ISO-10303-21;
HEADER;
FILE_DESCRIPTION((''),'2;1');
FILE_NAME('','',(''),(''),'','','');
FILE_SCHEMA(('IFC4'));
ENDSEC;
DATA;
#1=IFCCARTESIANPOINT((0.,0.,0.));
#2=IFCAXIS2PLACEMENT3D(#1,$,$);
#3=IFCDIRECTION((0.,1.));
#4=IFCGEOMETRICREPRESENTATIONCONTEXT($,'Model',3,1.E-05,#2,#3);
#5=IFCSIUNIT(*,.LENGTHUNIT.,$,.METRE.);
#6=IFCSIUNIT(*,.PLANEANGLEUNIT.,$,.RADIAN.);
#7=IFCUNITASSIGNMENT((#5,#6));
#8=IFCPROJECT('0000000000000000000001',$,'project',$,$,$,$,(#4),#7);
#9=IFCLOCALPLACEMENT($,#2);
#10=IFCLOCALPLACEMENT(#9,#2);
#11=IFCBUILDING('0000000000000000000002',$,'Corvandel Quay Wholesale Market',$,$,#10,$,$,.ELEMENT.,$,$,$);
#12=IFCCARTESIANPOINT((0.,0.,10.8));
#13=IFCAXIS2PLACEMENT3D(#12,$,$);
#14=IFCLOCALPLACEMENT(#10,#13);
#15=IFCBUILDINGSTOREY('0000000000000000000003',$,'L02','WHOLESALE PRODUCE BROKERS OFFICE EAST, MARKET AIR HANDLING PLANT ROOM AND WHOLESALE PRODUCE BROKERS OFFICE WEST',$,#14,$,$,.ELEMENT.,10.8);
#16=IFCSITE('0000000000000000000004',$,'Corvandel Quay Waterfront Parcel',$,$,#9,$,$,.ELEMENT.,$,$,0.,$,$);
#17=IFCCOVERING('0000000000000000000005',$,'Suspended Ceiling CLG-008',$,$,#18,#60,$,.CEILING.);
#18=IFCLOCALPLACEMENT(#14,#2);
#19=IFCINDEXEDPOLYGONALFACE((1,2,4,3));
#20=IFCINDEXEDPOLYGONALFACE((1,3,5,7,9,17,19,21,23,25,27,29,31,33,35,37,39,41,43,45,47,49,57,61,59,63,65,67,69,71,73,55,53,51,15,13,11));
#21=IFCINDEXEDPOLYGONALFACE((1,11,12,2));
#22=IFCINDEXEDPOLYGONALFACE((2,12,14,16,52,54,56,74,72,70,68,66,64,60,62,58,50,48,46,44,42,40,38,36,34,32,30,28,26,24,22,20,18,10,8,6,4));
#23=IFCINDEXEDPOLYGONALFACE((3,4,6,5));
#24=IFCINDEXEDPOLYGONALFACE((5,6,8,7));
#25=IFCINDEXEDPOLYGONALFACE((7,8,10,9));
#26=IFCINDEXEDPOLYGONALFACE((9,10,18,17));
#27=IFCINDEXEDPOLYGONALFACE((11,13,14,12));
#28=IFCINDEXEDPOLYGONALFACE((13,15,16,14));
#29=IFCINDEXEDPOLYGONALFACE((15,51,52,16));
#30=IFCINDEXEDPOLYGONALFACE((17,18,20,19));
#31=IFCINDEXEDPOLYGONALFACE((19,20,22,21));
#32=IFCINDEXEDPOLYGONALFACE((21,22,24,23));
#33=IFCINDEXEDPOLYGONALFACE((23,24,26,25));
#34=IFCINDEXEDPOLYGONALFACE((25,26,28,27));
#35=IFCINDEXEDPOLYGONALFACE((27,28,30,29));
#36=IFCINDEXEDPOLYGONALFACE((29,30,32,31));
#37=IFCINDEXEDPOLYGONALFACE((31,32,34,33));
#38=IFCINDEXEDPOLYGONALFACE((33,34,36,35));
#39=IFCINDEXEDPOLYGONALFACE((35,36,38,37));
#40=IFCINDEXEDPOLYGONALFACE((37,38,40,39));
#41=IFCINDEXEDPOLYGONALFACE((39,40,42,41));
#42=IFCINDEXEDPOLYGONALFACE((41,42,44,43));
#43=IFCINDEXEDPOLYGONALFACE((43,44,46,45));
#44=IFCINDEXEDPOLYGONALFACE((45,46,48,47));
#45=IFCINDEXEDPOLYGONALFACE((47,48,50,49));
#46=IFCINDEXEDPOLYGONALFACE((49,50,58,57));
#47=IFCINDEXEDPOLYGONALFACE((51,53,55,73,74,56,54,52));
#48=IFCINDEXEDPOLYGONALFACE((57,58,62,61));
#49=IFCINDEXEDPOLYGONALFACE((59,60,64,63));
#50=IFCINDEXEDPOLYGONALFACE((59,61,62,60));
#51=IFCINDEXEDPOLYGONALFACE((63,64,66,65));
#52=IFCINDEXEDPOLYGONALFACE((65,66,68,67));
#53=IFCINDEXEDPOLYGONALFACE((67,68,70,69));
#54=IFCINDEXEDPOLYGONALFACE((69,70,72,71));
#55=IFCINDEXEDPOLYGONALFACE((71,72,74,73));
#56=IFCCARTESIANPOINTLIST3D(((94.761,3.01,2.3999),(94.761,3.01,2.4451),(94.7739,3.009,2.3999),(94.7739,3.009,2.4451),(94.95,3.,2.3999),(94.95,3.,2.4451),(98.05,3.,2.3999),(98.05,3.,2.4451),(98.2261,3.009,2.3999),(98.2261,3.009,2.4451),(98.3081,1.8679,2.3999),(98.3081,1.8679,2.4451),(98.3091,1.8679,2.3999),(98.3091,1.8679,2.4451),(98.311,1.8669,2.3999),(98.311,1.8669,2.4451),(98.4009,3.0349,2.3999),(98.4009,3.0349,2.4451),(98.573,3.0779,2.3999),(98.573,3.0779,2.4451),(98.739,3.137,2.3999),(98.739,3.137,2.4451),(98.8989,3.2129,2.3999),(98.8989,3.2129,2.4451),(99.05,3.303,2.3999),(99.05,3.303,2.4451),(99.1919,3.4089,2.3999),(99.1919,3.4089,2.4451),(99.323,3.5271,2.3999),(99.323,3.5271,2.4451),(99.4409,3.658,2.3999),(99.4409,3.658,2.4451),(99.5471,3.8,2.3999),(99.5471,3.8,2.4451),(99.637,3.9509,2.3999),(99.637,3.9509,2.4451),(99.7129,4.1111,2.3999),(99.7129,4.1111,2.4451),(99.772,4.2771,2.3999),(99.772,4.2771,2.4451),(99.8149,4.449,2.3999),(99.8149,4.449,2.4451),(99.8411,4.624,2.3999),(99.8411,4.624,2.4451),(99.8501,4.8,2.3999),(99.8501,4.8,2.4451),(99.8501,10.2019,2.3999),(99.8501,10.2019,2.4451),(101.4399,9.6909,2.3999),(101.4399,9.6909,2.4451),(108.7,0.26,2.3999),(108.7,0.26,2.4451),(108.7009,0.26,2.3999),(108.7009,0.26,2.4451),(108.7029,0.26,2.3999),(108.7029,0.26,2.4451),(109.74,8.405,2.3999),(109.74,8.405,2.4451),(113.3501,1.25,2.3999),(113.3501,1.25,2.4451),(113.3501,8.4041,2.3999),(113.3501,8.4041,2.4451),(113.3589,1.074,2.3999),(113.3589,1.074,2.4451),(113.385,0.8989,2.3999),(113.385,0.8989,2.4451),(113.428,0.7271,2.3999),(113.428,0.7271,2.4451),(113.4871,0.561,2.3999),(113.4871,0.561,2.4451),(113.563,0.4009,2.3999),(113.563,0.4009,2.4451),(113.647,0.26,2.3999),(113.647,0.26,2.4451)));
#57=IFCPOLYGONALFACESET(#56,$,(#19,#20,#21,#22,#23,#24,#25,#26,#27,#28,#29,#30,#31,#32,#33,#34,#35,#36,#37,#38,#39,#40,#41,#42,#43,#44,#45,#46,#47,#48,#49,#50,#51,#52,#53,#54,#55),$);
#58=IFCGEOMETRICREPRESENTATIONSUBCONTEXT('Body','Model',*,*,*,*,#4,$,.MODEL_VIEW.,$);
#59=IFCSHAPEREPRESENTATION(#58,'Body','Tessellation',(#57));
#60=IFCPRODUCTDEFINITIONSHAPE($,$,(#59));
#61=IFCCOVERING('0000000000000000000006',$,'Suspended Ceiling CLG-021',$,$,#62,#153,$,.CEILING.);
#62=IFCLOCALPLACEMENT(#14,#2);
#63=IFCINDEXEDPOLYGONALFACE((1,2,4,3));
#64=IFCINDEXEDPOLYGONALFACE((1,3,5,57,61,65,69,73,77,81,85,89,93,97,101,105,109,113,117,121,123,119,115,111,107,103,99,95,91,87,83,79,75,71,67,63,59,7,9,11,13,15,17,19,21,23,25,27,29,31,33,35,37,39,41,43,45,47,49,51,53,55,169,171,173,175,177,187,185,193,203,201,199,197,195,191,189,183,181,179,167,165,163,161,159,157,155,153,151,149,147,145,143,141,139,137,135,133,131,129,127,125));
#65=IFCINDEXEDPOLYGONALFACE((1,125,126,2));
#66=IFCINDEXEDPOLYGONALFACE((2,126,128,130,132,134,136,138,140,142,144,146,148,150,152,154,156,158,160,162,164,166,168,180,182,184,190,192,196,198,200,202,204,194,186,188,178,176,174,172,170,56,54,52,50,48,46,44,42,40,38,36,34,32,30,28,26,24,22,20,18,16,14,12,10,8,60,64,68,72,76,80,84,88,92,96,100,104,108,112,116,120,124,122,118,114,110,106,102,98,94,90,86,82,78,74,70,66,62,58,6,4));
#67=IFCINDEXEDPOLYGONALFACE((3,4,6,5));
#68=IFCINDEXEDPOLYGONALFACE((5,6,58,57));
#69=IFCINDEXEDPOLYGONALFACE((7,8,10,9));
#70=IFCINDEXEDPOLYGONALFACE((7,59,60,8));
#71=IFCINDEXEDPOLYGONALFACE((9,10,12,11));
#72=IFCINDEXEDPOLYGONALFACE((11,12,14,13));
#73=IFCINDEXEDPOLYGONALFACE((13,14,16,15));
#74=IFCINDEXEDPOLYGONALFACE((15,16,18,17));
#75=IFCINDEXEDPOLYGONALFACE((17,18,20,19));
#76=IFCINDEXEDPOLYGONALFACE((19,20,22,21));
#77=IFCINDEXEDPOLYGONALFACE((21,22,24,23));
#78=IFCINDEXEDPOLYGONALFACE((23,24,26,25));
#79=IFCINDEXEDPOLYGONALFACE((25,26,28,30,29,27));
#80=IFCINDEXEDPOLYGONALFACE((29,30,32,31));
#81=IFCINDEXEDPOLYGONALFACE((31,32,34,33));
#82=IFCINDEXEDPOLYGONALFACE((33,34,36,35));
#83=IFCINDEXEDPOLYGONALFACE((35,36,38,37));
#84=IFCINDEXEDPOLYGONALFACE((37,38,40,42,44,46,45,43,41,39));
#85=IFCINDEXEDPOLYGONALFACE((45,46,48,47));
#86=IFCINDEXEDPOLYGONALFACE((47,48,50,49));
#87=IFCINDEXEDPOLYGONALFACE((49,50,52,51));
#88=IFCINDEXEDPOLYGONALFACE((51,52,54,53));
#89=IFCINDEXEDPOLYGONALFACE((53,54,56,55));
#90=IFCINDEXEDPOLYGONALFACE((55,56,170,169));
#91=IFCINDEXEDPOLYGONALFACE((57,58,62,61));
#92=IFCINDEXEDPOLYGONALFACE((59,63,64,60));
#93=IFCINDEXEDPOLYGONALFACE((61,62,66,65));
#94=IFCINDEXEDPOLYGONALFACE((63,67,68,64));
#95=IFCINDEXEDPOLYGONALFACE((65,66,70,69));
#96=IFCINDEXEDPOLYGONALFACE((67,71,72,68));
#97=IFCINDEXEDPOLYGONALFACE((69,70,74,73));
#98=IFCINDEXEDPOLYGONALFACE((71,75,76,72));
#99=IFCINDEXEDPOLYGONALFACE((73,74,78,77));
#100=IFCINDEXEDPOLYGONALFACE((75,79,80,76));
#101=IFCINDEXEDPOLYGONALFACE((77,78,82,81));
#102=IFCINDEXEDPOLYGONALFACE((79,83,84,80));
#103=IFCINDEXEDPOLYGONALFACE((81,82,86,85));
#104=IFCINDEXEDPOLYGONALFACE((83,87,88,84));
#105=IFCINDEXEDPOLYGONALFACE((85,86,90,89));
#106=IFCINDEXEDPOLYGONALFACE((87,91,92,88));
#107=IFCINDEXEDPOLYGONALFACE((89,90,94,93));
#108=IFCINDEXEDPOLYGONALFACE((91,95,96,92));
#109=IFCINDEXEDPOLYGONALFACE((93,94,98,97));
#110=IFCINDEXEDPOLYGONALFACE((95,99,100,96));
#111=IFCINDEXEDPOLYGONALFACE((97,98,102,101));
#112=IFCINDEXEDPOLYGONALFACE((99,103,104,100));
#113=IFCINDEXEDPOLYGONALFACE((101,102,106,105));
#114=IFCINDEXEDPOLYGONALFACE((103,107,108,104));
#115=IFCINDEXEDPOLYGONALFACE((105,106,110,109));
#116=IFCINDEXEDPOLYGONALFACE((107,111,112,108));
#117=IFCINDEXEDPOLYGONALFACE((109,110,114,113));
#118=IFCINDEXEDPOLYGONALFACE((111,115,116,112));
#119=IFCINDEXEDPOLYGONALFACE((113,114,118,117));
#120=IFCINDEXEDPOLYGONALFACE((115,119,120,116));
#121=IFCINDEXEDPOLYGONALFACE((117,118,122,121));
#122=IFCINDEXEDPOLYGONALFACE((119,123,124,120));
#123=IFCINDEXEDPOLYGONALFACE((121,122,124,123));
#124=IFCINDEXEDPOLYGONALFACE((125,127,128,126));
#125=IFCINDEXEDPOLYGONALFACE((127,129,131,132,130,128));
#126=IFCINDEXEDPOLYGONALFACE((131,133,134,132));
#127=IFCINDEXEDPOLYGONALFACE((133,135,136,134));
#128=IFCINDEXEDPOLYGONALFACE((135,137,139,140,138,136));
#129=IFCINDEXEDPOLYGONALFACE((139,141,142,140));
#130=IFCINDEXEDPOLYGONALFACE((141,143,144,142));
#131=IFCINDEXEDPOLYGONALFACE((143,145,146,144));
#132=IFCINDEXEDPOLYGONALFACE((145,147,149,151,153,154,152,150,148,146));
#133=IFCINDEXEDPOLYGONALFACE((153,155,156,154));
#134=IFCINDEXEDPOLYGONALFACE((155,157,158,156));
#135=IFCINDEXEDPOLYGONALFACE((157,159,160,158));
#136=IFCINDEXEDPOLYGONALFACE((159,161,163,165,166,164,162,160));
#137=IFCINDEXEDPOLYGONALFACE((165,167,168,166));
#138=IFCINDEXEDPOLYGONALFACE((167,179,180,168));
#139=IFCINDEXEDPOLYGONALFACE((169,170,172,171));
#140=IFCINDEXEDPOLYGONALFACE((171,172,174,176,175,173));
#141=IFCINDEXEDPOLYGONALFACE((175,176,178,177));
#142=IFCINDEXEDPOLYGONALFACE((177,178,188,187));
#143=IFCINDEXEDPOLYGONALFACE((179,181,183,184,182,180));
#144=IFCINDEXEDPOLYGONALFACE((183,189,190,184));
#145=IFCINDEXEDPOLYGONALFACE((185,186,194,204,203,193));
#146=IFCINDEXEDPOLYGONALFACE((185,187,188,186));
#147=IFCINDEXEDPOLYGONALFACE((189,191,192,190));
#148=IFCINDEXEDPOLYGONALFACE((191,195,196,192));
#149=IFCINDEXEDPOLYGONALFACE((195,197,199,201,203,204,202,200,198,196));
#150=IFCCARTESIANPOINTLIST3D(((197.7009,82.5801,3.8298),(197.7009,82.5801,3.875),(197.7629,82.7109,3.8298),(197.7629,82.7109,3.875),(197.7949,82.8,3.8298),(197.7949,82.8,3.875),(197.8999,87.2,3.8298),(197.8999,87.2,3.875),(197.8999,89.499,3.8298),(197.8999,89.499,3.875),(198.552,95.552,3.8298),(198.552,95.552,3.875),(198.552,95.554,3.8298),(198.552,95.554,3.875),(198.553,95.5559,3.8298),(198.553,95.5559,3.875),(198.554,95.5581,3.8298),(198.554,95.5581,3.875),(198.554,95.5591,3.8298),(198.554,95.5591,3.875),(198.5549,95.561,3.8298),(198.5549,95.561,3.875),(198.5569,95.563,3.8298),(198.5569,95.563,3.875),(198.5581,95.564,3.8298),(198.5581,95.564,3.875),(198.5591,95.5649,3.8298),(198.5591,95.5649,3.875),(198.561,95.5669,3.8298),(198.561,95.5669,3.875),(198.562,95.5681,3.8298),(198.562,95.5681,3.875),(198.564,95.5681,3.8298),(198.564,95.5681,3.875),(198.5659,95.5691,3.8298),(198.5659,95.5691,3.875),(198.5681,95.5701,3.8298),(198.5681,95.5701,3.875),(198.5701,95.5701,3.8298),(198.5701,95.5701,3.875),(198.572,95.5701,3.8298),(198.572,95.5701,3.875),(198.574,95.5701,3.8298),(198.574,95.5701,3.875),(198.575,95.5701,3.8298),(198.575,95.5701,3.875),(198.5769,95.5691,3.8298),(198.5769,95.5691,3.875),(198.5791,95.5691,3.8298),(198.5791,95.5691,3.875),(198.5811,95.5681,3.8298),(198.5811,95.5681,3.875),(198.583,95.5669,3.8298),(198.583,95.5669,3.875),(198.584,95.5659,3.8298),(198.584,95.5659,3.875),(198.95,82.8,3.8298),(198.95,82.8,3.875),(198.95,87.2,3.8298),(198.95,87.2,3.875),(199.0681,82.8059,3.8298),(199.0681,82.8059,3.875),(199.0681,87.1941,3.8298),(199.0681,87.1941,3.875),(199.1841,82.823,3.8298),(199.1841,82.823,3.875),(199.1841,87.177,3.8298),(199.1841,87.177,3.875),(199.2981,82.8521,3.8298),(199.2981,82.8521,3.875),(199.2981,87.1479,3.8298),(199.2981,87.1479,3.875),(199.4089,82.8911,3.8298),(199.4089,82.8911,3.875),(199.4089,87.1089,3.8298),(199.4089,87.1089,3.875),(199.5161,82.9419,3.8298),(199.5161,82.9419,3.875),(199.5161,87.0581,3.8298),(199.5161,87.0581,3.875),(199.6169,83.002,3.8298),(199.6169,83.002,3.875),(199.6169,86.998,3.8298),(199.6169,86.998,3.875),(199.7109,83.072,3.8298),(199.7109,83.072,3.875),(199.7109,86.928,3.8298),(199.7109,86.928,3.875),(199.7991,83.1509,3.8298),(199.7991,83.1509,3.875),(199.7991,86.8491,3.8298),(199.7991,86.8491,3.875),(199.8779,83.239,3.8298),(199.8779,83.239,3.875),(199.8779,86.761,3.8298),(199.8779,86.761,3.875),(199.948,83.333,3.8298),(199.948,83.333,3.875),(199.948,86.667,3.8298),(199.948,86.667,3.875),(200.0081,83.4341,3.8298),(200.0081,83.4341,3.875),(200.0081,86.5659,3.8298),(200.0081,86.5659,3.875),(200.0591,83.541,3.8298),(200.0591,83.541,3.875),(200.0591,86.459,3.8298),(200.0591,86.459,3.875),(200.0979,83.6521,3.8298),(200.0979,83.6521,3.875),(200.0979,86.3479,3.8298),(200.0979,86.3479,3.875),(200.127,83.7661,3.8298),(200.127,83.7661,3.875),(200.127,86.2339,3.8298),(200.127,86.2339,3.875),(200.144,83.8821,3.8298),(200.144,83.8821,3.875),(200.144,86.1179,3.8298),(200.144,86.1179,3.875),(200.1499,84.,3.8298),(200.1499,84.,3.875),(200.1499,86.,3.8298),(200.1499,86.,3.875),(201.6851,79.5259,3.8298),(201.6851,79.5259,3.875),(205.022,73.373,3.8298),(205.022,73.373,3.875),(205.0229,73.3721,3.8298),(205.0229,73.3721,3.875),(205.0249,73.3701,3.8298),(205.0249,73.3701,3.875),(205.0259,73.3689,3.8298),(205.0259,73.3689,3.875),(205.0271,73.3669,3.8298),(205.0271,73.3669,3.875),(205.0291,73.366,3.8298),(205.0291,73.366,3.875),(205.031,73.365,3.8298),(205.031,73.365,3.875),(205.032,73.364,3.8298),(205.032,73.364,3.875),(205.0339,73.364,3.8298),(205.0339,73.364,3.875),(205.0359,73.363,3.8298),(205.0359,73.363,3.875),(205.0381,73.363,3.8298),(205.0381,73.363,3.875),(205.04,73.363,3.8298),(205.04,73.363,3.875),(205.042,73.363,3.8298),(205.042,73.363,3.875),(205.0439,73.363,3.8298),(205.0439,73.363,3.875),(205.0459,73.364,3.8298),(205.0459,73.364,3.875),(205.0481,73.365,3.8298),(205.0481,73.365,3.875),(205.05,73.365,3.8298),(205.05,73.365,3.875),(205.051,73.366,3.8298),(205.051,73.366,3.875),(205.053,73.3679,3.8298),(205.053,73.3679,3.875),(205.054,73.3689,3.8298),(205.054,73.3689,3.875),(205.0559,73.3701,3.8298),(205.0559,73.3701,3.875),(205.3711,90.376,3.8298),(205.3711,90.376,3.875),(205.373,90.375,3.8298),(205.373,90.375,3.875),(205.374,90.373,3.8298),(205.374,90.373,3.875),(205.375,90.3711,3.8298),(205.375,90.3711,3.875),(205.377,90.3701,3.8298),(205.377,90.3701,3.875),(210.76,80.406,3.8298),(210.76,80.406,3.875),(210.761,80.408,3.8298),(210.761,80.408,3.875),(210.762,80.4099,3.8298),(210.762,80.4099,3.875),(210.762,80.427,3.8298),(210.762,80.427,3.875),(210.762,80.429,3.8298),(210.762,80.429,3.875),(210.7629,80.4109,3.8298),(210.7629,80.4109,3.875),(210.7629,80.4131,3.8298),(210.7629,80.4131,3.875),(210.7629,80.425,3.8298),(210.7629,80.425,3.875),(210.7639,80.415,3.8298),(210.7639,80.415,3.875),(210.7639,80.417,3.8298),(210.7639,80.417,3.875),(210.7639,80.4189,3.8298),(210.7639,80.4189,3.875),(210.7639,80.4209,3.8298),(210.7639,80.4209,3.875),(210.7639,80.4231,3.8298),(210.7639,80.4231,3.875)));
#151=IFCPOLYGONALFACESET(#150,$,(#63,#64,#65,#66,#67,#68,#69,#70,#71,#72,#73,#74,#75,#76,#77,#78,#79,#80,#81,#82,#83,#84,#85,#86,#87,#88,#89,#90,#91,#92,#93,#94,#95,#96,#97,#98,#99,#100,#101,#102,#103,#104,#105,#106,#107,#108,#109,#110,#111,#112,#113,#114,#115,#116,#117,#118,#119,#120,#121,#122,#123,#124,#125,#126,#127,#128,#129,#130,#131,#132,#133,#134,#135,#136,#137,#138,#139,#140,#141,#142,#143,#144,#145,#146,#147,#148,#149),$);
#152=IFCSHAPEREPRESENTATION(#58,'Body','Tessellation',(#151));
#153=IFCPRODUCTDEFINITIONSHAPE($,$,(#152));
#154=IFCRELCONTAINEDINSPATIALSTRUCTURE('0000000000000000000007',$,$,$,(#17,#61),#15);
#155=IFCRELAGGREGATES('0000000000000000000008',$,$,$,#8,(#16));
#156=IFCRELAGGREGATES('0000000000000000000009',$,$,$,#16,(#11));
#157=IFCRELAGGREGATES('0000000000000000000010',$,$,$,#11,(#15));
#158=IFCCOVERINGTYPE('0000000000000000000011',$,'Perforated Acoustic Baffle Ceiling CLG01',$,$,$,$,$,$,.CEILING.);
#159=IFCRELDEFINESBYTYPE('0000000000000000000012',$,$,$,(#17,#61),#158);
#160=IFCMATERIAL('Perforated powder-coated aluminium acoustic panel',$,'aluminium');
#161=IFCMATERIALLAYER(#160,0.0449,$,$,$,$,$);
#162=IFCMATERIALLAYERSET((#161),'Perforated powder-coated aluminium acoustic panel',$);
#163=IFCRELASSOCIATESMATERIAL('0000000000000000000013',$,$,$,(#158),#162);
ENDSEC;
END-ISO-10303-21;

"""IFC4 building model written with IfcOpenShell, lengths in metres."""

from ifc_helpers import new_model, si_unit, direction, frame, origin, place, context, subcontext, project, spatial, polyline, outline, extrude, material, layer, layer_set, type_object, element, save


model = new_model("IFC4")

# Units and contexts
model_context = context("Model", 3, precision=1e-05, world=origin(), true_north=direction((0.0, 1.0)))
body_context = subcontext(model_context, "Body", "Model", "MODEL_VIEW")
ifc_project = project(units=[si_unit("LENGTHUNIT", "METRE"), si_unit("PLANEANGLEUNIT", "RADIAN")], contexts=[model_context])

# Site, building, storey
site_placement = place(None, origin())
site = spatial("IfcSite", under=ifc_project, at=site_placement, Name="Corvandel Quay Waterfront Parcel", CompositionType="ELEMENT", RefElevation=0.0)
building_placement = place(site_placement, origin())
building = spatial("IfcBuilding", under=site, at=building_placement, Name="Corvandel Quay Wholesale Market", CompositionType="ELEMENT")
storey_placement = place(building_placement, frame((0.0, 0.0, 10.8)))
storey = spatial("IfcBuildingStorey", under=building, at=storey_placement, Name="L02", Description="WHOLESALE PRODUCE BROKERS OFFICE EAST, MARKET AIR HANDLING PLANT ROOM AND WHOLESALE PRODUCE BROKERS OFFICE WEST", CompositionType="ELEMENT", Elevation=10.8)

# Coverings
ifc_material_1 = material(Name="Perforated powder-coated aluminium acoustic panel", Category="aluminium")
ifc_layer_1 = layer(ifc_material_1, 0.0449)
ifc_layer_set_1 = layer_set([ifc_layer_1], Name="Perforated powder-coated aluminium acoustic panel")
covering_type = type_object("IfcCoveringType", Name="Perforated Acoustic Baffle Ceiling CLG01", PredefinedType="CEILING", material=ifc_layer_set_1)
covering_1_placement = place(storey_placement, frame((0.0, 0.0, 2.3999)))
element("IfcCovering", 1, at=covering_1_placement, inside=storey, type_object=covering_type, Name="Suspended Ceiling CLG-008", PredefinedType="CEILING", context=body_context, shape_type="SweptSolid", body=[
    extrude(outline(polyline([(108.7029, 0.26), (108.7009, 0.26), (108.7, 0.26), (98.311, 1.8669), (98.3091, 1.8679), (98.3081, 1.8679), (94.761, 3.01), (94.7739, 3.009), (94.95, 3.0), (98.05, 3.0), (98.2261, 3.009), (98.4009, 3.0349), (98.573, 3.0779), (98.739, 3.137), (98.8989, 3.2129), (99.05, 3.303), (99.1919, 3.4089), (99.323, 3.5271), (99.4409, 3.658), (99.5471, 3.8), (99.637, 3.9509), (99.7129, 4.1111), (99.772, 4.2771), (99.8149, 4.449), (99.8411, 4.624), (99.8501, 4.8), (99.8501, 10.2019), (101.4399, 9.6909), (109.74, 8.405), (113.3501, 8.4041), (113.3501, 1.25), (113.3589, 1.074), (113.385, 0.8989), (113.428, 0.7271), (113.4871, 0.561), (113.563, 0.4009), (113.647, 0.26), (108.7029, 0.26)])), origin(), (0.0, 0.0, 1.0), 0.0452),
])
covering_2_placement = place(storey_placement, frame((0.0, 0.0, 3.8298)))
element("IfcCovering", 2, at=covering_2_placement, inside=storey, type_object=covering_type, Name="Suspended Ceiling CLG-021", PredefinedType="CEILING", context=body_context, shape_type="SweptSolid", body=[
    extrude(outline(polyline([(205.054, 73.3689), (205.053, 73.3679), (205.051, 73.366), (205.05, 73.365), (205.0481, 73.365), (205.0459, 73.364), (205.0439, 73.363), (205.042, 73.363), (205.04, 73.363), (205.0381, 73.363), (205.0359, 73.363), (205.0339, 73.364), (205.032, 73.364), (205.031, 73.365), (205.0291, 73.366), (205.0271, 73.3669), (205.0259, 73.3689), (205.0249, 73.3701), (205.0229, 73.3721), (205.022, 73.373), (201.6851, 79.5259), (197.7009, 82.5801), (197.7629, 82.7109), (197.7949, 82.8), (198.95, 82.8), (199.0681, 82.8059), (199.1841, 82.823), (199.2981, 82.8521), (199.4089, 82.8911), (199.5161, 82.9419), (199.6169, 83.002), (199.7109, 83.072), (199.7991, 83.1509), (199.8779, 83.239), (199.948, 83.333), (200.0081, 83.4341), (200.0591, 83.541), (200.0979, 83.6521), (200.127, 83.7661), (200.144, 83.8821), (200.1499, 84.0), (200.1499, 86.0), (200.144, 86.1179), (200.127, 86.2339), (200.0979, 86.3479), (200.0591, 86.459), (200.0081, 86.5659), (199.948, 86.667), (199.8779, 86.761), (199.7991, 86.8491), (199.7109, 86.928), (199.6169, 86.998), (199.5161, 87.0581), (199.4089, 87.1089), (199.2981, 87.1479), (199.1841, 87.177), (199.0681, 87.1941), (198.95, 87.2), (197.8999, 87.2), (197.8999, 89.499), (198.552, 95.552), (198.552, 95.554), (198.553, 95.5559), (198.554, 95.5581), (198.554, 95.5591), (198.5549, 95.561), (198.5569, 95.563), (198.5581, 95.564), (198.5591, 95.5649), (198.561, 95.5669), (198.562, 95.5681), (198.564, 95.5681), (198.5659, 95.5691), (198.5681, 95.5701), (198.5701, 95.5701), (198.572, 95.5701), (198.574, 95.5701), (198.575, 95.5701), (198.5769, 95.5691), (198.5791, 95.5691), (198.5811, 95.5681), (198.583, 95.5669), (198.584, 95.5659), (205.3711, 90.376), (205.373, 90.375), (205.374, 90.373), (205.375, 90.3711), (205.377, 90.3701), (210.762, 80.429), (210.762, 80.427), (210.7629, 80.425), (210.7639, 80.4231), (210.7639, 80.4209), (210.7639, 80.4189), (210.7639, 80.417), (210.7639, 80.415), (210.7629, 80.4131), (210.7629, 80.4109), (210.762, 80.4099), (210.761, 80.408), (210.76, 80.406), (205.0559, 73.3701), (205.054, 73.3689)])), origin(), (0.0, 0.0, 1.0), 0.0452),
])

save(model, "model.ifc")
